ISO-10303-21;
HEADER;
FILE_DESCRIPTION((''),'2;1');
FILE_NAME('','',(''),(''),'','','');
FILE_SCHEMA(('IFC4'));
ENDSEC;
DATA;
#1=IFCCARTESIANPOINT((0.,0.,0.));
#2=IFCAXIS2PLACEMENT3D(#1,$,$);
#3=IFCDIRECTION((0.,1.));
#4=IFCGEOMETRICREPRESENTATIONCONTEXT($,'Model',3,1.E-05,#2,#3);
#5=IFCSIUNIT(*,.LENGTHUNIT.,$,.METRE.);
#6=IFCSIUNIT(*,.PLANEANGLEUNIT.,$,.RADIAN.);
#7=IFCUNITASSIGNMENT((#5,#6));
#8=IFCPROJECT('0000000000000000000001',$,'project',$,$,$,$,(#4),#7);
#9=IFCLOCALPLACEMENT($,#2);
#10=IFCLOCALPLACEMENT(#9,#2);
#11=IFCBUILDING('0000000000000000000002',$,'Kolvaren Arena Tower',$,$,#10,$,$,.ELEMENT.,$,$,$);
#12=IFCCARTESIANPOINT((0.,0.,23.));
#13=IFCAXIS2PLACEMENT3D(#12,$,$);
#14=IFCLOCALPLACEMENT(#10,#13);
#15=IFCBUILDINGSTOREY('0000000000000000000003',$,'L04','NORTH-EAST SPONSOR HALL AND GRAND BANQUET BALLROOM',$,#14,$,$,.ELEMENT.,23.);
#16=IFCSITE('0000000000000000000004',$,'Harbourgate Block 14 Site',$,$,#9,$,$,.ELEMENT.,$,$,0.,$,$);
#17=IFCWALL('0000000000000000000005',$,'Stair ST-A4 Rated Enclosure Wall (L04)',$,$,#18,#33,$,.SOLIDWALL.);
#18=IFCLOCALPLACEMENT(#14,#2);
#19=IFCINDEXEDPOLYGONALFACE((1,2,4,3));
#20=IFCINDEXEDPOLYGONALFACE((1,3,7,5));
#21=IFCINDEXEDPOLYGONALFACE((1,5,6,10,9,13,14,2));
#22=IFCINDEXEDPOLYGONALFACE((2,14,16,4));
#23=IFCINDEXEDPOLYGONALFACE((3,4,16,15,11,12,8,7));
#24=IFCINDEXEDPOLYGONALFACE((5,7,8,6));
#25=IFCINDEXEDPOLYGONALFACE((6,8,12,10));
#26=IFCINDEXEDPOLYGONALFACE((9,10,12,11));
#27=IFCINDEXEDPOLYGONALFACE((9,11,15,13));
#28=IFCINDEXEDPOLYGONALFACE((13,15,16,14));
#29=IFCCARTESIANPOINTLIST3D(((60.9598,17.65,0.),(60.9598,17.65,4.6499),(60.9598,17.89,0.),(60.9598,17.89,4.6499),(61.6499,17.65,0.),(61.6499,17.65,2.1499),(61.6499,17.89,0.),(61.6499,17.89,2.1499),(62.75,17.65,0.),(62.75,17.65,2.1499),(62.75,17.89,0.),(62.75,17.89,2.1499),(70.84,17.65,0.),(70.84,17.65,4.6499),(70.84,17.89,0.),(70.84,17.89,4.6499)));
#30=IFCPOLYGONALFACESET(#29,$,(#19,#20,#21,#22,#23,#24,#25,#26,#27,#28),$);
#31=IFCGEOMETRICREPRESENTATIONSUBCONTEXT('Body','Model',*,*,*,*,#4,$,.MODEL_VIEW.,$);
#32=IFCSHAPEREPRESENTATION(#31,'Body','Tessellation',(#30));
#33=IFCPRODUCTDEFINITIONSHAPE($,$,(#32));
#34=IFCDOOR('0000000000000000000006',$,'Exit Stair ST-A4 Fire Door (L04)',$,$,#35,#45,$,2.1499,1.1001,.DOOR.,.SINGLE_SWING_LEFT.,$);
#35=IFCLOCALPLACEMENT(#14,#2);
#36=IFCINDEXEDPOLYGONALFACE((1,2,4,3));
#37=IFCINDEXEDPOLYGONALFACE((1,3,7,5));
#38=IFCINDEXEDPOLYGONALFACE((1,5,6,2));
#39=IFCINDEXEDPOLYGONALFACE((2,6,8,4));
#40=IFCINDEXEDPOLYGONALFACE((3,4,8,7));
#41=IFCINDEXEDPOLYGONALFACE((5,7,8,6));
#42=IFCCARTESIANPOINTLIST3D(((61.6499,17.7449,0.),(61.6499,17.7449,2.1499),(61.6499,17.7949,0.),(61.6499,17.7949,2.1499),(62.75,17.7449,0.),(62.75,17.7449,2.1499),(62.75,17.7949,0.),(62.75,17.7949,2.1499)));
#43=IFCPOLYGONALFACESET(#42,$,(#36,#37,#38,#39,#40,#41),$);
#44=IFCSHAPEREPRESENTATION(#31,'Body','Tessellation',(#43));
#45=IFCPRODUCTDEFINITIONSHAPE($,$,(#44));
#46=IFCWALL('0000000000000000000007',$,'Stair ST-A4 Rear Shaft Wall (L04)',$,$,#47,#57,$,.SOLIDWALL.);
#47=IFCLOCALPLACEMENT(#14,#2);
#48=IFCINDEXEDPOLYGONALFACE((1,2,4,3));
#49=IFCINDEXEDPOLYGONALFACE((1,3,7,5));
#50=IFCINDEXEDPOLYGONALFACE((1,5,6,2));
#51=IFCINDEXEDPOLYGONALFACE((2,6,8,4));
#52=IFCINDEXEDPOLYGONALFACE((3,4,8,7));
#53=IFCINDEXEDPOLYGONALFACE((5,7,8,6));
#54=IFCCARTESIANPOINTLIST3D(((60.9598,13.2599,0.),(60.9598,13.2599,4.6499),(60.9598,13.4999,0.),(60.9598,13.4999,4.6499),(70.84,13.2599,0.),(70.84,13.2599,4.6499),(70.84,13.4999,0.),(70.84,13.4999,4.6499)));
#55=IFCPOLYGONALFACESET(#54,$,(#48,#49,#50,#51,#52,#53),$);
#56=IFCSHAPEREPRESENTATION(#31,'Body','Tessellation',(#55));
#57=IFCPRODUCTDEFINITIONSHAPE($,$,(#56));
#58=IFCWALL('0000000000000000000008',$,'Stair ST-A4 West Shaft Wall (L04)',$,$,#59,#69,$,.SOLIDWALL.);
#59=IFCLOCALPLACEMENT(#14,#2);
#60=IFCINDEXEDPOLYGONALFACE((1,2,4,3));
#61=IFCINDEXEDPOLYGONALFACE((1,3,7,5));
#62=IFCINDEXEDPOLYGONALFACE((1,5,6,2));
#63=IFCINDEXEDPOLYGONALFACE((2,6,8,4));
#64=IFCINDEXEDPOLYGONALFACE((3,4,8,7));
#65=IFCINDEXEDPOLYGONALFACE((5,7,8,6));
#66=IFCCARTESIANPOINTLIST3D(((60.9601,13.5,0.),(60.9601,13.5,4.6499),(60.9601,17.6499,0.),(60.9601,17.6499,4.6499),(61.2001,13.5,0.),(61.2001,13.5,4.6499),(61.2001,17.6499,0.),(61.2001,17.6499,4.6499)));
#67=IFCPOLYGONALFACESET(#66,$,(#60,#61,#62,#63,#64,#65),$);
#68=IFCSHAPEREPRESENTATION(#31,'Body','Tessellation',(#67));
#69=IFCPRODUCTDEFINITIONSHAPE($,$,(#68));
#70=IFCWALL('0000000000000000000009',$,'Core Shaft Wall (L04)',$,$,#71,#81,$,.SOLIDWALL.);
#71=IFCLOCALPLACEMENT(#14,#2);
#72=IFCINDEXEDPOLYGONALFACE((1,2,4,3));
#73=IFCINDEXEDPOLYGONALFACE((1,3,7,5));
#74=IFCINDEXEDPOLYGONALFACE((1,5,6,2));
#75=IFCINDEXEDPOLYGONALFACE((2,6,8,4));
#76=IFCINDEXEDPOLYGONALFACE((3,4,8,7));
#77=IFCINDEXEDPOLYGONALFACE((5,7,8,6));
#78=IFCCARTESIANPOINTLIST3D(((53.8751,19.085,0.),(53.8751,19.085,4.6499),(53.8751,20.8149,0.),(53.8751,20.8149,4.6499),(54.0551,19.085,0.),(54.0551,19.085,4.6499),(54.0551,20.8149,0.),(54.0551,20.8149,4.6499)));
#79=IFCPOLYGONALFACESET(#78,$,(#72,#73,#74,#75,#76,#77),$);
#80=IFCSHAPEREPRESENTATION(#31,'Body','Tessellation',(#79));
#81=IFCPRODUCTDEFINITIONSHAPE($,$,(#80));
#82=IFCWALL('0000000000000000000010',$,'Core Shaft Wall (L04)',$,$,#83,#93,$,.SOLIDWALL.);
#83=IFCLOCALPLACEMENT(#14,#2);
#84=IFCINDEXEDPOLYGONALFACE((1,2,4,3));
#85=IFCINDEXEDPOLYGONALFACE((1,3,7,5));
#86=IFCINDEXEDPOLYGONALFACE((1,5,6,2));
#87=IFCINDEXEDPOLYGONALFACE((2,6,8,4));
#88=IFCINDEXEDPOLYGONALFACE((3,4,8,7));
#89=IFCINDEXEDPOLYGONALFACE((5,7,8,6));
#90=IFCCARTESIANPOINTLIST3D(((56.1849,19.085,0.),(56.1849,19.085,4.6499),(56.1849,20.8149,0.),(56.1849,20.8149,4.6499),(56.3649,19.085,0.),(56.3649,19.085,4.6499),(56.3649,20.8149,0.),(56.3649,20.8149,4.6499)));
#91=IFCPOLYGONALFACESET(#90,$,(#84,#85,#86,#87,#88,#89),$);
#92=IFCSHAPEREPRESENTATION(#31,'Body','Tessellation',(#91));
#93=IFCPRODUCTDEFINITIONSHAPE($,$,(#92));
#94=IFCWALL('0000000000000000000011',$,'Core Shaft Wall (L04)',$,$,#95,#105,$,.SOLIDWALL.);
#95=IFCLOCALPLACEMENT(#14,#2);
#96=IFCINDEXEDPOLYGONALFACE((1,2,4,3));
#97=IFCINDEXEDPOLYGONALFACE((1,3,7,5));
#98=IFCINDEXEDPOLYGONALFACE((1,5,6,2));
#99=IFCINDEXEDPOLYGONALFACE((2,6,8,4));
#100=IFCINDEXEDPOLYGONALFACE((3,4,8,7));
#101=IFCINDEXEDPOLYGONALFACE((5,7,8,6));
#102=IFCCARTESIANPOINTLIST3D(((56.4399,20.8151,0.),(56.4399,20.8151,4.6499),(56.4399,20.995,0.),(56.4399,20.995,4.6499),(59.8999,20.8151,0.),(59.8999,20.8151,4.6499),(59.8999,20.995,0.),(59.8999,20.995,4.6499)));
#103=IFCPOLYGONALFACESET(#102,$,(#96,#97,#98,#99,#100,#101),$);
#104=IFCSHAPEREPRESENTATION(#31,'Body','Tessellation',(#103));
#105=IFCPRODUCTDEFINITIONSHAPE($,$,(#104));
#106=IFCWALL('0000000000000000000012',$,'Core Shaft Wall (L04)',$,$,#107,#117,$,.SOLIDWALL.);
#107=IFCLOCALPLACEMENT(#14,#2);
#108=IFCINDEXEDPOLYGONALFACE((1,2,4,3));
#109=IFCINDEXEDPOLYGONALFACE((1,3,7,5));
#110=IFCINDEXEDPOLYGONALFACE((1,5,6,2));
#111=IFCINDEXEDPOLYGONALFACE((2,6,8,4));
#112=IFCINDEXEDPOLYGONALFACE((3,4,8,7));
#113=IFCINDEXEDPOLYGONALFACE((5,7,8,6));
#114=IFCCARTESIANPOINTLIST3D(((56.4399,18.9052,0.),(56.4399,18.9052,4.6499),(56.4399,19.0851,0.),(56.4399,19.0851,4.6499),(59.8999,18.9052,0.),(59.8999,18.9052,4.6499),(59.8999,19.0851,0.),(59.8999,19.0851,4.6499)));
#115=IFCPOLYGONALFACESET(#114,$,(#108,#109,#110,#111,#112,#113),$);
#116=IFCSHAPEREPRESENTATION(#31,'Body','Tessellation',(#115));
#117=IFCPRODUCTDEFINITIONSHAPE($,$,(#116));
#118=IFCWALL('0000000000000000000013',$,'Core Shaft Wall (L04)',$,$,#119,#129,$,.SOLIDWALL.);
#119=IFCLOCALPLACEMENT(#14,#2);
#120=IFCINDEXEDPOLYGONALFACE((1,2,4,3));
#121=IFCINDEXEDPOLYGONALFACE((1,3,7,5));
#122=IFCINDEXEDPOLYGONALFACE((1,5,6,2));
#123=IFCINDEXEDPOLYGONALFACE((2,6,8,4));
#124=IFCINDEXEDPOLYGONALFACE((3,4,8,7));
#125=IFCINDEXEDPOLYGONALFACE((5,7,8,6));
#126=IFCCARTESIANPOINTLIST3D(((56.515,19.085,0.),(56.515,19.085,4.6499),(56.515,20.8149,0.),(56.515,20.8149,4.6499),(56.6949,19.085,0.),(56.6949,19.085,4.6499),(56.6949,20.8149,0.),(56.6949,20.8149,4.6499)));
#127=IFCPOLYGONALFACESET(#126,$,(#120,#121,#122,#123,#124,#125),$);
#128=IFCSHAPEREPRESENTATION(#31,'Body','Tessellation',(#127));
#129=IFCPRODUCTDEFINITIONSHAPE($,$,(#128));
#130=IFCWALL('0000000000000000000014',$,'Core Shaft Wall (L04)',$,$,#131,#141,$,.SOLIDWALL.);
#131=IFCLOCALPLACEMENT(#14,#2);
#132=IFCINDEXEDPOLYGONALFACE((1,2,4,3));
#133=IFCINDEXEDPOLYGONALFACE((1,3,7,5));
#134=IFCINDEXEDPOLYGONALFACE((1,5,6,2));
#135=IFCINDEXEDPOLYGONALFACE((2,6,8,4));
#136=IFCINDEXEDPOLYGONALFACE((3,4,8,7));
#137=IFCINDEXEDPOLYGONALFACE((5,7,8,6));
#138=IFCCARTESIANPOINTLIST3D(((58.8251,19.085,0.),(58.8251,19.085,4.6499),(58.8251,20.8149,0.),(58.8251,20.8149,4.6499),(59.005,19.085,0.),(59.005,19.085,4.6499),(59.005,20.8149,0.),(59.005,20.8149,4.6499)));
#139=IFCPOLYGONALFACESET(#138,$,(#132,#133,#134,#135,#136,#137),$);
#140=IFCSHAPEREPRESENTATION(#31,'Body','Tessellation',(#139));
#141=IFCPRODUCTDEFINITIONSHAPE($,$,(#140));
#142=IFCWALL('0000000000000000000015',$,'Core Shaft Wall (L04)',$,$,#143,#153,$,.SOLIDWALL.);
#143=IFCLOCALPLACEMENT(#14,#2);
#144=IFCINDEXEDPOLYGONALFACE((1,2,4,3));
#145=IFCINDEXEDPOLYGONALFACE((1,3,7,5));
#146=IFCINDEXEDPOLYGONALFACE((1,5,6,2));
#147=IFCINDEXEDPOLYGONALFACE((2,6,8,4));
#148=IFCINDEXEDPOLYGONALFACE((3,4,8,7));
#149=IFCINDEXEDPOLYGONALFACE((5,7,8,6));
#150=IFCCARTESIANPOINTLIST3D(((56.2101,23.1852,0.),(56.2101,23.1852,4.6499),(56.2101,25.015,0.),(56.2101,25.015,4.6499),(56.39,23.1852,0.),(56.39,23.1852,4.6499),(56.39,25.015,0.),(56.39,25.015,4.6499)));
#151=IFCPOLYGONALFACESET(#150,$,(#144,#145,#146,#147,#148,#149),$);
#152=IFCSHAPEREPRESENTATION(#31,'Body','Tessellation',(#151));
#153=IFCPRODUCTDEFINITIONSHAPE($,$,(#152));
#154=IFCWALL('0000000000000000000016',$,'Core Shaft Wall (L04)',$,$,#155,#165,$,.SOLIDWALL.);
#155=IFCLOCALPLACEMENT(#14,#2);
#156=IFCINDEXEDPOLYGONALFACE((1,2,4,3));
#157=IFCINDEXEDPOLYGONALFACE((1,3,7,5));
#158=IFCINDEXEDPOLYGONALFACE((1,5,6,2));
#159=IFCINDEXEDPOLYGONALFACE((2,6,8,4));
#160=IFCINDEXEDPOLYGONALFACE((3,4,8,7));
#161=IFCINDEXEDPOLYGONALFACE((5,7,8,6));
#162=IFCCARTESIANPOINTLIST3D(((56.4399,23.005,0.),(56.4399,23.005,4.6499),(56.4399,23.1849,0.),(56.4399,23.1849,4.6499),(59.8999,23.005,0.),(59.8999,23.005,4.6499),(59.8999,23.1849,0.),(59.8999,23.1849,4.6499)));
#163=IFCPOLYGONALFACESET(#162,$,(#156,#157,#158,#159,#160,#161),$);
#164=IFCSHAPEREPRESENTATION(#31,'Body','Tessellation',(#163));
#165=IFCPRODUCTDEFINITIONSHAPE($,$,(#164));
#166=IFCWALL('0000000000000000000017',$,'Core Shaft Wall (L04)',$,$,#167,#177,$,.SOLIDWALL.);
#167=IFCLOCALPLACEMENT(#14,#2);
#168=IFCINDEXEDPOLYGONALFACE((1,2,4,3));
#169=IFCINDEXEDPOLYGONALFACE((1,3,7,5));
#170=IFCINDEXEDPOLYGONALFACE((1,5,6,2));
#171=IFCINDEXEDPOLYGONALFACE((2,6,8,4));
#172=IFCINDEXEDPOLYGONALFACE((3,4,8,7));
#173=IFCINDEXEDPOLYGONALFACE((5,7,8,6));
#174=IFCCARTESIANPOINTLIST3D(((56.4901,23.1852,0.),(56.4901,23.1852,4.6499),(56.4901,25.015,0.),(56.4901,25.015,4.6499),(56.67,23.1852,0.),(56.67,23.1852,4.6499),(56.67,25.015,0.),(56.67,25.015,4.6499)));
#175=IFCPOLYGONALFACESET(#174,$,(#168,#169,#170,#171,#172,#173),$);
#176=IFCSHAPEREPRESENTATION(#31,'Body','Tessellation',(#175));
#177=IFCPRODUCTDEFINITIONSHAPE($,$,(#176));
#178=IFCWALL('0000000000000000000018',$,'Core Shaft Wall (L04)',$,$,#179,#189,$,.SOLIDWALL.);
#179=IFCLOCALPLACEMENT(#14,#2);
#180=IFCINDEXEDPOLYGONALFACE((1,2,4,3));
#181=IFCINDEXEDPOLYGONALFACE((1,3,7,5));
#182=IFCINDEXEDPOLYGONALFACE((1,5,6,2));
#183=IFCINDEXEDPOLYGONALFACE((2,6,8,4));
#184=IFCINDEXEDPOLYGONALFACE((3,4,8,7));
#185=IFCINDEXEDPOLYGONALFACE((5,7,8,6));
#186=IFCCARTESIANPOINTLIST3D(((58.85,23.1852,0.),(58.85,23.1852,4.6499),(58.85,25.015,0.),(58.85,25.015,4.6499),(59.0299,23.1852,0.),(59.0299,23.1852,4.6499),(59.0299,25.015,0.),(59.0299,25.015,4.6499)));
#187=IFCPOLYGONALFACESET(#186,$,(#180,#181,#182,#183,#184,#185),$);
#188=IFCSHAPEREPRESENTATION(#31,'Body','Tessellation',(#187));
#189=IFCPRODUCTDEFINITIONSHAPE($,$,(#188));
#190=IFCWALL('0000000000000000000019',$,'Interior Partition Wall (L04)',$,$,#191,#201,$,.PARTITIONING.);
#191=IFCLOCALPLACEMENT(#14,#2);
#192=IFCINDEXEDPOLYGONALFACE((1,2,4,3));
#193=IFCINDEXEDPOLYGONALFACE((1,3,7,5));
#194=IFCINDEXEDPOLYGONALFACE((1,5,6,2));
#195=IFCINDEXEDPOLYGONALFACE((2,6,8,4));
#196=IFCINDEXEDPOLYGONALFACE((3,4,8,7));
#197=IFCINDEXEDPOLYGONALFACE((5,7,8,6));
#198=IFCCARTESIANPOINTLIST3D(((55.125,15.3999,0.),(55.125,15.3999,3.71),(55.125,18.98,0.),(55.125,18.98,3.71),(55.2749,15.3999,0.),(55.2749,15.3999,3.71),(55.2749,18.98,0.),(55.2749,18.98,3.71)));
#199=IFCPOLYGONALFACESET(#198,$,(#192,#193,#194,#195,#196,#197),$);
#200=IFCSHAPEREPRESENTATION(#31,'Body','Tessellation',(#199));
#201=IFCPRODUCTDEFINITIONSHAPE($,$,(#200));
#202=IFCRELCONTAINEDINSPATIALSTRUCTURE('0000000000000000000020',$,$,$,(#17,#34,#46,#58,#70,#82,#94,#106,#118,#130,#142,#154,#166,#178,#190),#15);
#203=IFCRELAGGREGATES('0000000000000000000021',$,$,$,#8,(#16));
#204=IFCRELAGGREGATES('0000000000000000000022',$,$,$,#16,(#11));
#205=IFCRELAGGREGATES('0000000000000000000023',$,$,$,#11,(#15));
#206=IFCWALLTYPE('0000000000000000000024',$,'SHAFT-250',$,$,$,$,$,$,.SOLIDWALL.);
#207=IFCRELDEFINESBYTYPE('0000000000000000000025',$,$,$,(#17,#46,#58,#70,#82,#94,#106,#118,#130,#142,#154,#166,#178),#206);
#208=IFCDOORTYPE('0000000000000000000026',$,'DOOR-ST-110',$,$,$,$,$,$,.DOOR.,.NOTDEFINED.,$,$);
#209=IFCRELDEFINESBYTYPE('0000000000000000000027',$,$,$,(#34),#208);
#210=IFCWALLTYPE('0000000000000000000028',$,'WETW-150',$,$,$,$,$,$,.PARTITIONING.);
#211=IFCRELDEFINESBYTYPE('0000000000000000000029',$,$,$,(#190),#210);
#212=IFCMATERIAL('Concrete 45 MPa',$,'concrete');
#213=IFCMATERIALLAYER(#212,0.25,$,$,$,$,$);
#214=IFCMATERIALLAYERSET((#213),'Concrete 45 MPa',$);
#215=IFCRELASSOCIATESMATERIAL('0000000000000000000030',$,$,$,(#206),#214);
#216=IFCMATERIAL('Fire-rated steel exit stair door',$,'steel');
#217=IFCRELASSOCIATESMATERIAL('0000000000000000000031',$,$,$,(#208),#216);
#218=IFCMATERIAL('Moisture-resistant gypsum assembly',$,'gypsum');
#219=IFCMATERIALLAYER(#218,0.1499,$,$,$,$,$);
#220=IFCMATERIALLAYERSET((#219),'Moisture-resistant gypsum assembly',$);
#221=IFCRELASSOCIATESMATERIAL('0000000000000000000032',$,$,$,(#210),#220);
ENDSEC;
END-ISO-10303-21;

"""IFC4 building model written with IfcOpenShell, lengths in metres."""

from ifc_helpers import new_model, si_unit, direction, frame, frame_2d, origin, place, context, subcontext, project, spatial, rectangle, extrude, material, layer, layer_set, type_object, element, fill, save


model = new_model("IFC4")

# Units and contexts
model_context = context("Model", 3, precision=1e-05, world=origin(), true_north=direction((0.0, 1.0)))
body_context = subcontext(model_context, "Body", "Model", "MODEL_VIEW")
ifc_project = project(units=[si_unit("LENGTHUNIT", "METRE"), si_unit("PLANEANGLEUNIT", "RADIAN")], contexts=[model_context])

# Site, building, storey
site_placement = place(None, origin())
site = spatial("IfcSite", under=ifc_project, at=site_placement, Name="Harbourgate Block 14 Site", CompositionType="ELEMENT", RefElevation=0.0)
building_placement = place(site_placement, origin())
building = spatial("IfcBuilding", under=site, at=building_placement, Name="Kolvaren Arena Tower", CompositionType="ELEMENT")
storey_placement = place(building_placement, frame((0.0, 0.0, 23.0)))
storey = spatial("IfcBuildingStorey", under=building, at=storey_placement, Name="L04", Description="NORTH-EAST SPONSOR HALL AND GRAND BANQUET BALLROOM", CompositionType="ELEMENT", Elevation=23.0)

# Wall, opening, door
ifc_material_1 = material(Name="Concrete 45 MPa", Category="concrete")
ifc_layer_1 = layer(ifc_material_1, 0.25)
ifc_layer_set_1 = layer_set([ifc_layer_1], Name="Concrete 45 MPa")
wall_type_1 = type_object("IfcWallType", Name="SHAFT-250", PredefinedType="SOLIDWALL", material=ifc_layer_set_1)
wall_1_placement = place(storey_placement, frame((60.96, 17.77, 0.0), z_axis=(0.0, 0.0, 1.0), x_axis=(1.0, 0.0, 0.0)))
wall_1 = element("IfcWall", 1, at=wall_1_placement, inside=storey, type_object=wall_type_1, Name="Stair ST-A4 Rated Enclosure Wall (L04)", PredefinedType="SOLIDWALL", context=body_context, shape_type="SweptSolid", body=[
    extrude(rectangle(XDim=9.8801, YDim=0.24, at=frame_2d((4.9399, 0.0))), origin(), (0.0, 0.0, 1.0), 4.6499),
])
opening_1_placement = place(wall_1_placement, frame((0.6899, 0.0, 0.0)))
opening_1 = element("IfcOpeningElement", 2, at=opening_1_placement, cuts=wall_1, PredefinedType="OPENING", context=body_context, shape_type="SweptSolid", body=[
    extrude(rectangle(XDim=1.1001, YDim=2.1499, at=frame_2d((0.55, 1.075))), frame((0.0, 0.1299, 0.0), z_axis=(0.0, -1.0, 0.0), x_axis=(1.0, 0.0, 0.0)), (0.0, 0.0, 1.0), 0.26),
])
ifc_material_2 = material(Name="Fire-rated steel exit stair door", Category="steel")
door_type_1 = type_object("IfcDoorType", Name="DOOR-ST-110", OperationType="NOTDEFINED", PredefinedType="DOOR", material=ifc_material_2)
door_1_placement = place(opening_1_placement, origin())
door_1 = element("IfcDoor", 3, at=door_1_placement, inside=storey, type_object=door_type_1, Name="Exit Stair ST-A4 Fire Door (L04)", OperationType="SINGLE_SWING_LEFT", OverallHeight=2.1499, OverallWidth=1.1001, PredefinedType="DOOR", context=body_context, shape_type="SweptSolid", body=[
    extrude(rectangle(XDim=1.1001, YDim=2.1499, at=frame_2d((0.55, 1.075))), frame((0.0, 0.0249, 0.0), z_axis=(0.0, -1.0, 0.0), x_axis=(1.0, 0.0, 0.0)), (0.0, 0.0, 1.0), 0.05),
])
fill(opening_1, door_1)

# Walls
wall_2_placement = place(storey_placement, frame((60.96, 13.3799, 0.0), z_axis=(0.0, 0.0, 1.0), x_axis=(1.0, 0.0, 0.0)))
element("IfcWall", 4, at=wall_2_placement, inside=storey, type_object=wall_type_1, Name="Stair ST-A4 Rear Shaft Wall (L04)", PredefinedType="SOLIDWALL", context=body_context, shape_type="SweptSolid", body=[
    extrude(rectangle(XDim=9.8801, YDim=0.24, at=frame_2d((4.9399, 0.0))), origin(), (0.0, 0.0, 1.0), 4.6499),
])
wall_3_placement = place(storey_placement, frame((61.0801, 13.5, 0.0), z_axis=(0.0, 0.0, 1.0), x_axis=(0.0, 1.0, 0.0)))
element("IfcWall", 5, at=wall_3_placement, inside=storey, type_object=wall_type_1, Name="Stair ST-A4 West Shaft Wall (L04)", PredefinedType="SOLIDWALL", context=body_context, shape_type="SweptSolid", body=[
    extrude(rectangle(XDim=4.1499, YDim=0.24, at=frame_2d((2.075, 0.0))), origin(), (0.0, 0.0, 1.0), 4.6499),
])
for number, where, z_axis, x_axis, name in (
    (6, (53.9651, 19.085, 0.0), (0.0, 0.0, 1.0), (0.0, 1.0, 0.0), "Core Shaft Wall (L04)"),
    (7, (56.2749, 19.085, 0.0), (0.0, 0.0, 1.0), (0.0, 1.0, 0.0), "Core Shaft Wall (L04)"),
):
    element("IfcWall", number, at=place(storey_placement, frame(where, z_axis=z_axis, x_axis=x_axis)), inside=storey, type_object=wall_type_1, Name=name, PredefinedType="SOLIDWALL", context=body_context, shape_type="SweptSolid", body=[
        extrude(rectangle(XDim=1.73, YDim=0.1799, at=frame_2d((0.865, 0.0))), origin(), (0.0, 0.0, 1.0), 4.6499),
    ])
for number, where, z_axis, x_axis, name in (
    (8, (56.4399, 20.905, 0.0), (0.0, 0.0, 1.0), (1.0, 0.0, 0.0), "Core Shaft Wall (L04)"),
    (9, (56.4399, 18.9951, 0.0), (0.0, 0.0, 1.0), (1.0, 0.0, 0.0), "Core Shaft Wall (L04)"),
):
    element("IfcWall", number, at=place(storey_placement, frame(where, z_axis=z_axis, x_axis=x_axis)), inside=storey, type_object=wall_type_1, Name=name, PredefinedType="SOLIDWALL", context=body_context, shape_type="SweptSolid", body=[
        extrude(rectangle(XDim=3.46, YDim=0.1799, at=frame_2d((1.73, 0.0))), origin(), (0.0, 0.0, 1.0), 4.6499),
    ])
for number, where, z_axis, x_axis, name in (
    (10, (56.605, 19.085, 0.0), (0.0, 0.0, 1.0), (0.0, 1.0, 0.0), "Core Shaft Wall (L04)"),
    (11, (58.915, 19.085, 0.0), (0.0, 0.0, 1.0), (0.0, 1.0, 0.0), "Core Shaft Wall (L04)"),
):
    element("IfcWall", number, at=place(storey_placement, frame(where, z_axis=z_axis, x_axis=x_axis)), inside=storey, type_object=wall_type_1, Name=name, PredefinedType="SOLIDWALL", context=body_context, shape_type="SweptSolid", body=[
        extrude(rectangle(XDim=1.73, YDim=0.1799, at=frame_2d((0.865, 0.0))), origin(), (0.0, 0.0, 1.0), 4.6499),
    ])
wall_4_placement = place(storey_placement, frame((56.3, 23.1851, 0.0), z_axis=(0.0, 0.0, 1.0), x_axis=(0.0, 1.0, 0.0)))
element("IfcWall", 12, at=wall_4_placement, inside=storey, type_object=wall_type_1, Name="Core Shaft Wall (L04)", PredefinedType="SOLIDWALL", context=body_context, shape_type="SweptSolid", body=[
    extrude(rectangle(XDim=1.8298, YDim=0.1799, at=frame_2d((0.915, 0.0))), origin(), (0.0, 0.0, 1.0), 4.6499),
])
wall_5_placement = place(storey_placement, frame((56.4399, 23.095, 0.0), z_axis=(0.0, 0.0, 1.0), x_axis=(1.0, 0.0, 0.0)))
element("IfcWall", 13, at=wall_5_placement, inside=storey, type_object=wall_type_1, Name="Core Shaft Wall (L04)", PredefinedType="SOLIDWALL", context=body_context, shape_type="SweptSolid", body=[
    extrude(rectangle(XDim=3.46, YDim=0.1799, at=frame_2d((1.73, 0.0))), origin(), (0.0, 0.0, 1.0), 4.6499),
])
for number, where, z_axis, x_axis, name in (
    (14, (56.5801, 23.1851, 0.0), (0.0, 0.0, 1.0), (0.0, 1.0, 0.0), "Core Shaft Wall (L04)"),
    (15, (58.9399, 23.1851, 0.0), (0.0, 0.0, 1.0), (0.0, 1.0, 0.0), "Core Shaft Wall (L04)"),
):
    element("IfcWall", number, at=place(storey_placement, frame(where, z_axis=z_axis, x_axis=x_axis)), inside=storey, type_object=wall_type_1, Name=name, PredefinedType="SOLIDWALL", context=body_context, shape_type="SweptSolid", body=[
        extrude(rectangle(XDim=1.8298, YDim=0.1799, at=frame_2d((0.915, 0.0))), origin(), (0.0, 0.0, 1.0), 4.6499),
    ])
ifc_material_3 = material(Name="Moisture-resistant gypsum assembly", Category="gypsum")
ifc_layer_2 = layer(ifc_material_3, 0.1499)
ifc_layer_set_2 = layer_set([ifc_layer_2], Name="Moisture-resistant gypsum assembly")
wall_type_2 = type_object("IfcWallType", Name="WETW-150", PredefinedType="PARTITIONING", material=ifc_layer_set_2)
for number, where, z_axis, x_axis, name in (
    (16, (55.2, 15.3999, 0.0), (0.0, 0.0, 1.0), (0.0, 1.0, 0.0), "Interior Partition Wall (L04)"),
):
    element("IfcWall", number, at=place(storey_placement, frame(where, z_axis=z_axis, x_axis=x_axis)), inside=storey, type_object=wall_type_2, Name=name, PredefinedType="PARTITIONING", context=body_context, shape_type="SweptSolid", body=[
        extrude(rectangle(XDim=3.5801, YDim=0.1499, at=frame_2d((1.79, 0.0))), origin(), (0.0, 0.0, 1.0), 3.71),
    ])

save(model, "model.ifc")
